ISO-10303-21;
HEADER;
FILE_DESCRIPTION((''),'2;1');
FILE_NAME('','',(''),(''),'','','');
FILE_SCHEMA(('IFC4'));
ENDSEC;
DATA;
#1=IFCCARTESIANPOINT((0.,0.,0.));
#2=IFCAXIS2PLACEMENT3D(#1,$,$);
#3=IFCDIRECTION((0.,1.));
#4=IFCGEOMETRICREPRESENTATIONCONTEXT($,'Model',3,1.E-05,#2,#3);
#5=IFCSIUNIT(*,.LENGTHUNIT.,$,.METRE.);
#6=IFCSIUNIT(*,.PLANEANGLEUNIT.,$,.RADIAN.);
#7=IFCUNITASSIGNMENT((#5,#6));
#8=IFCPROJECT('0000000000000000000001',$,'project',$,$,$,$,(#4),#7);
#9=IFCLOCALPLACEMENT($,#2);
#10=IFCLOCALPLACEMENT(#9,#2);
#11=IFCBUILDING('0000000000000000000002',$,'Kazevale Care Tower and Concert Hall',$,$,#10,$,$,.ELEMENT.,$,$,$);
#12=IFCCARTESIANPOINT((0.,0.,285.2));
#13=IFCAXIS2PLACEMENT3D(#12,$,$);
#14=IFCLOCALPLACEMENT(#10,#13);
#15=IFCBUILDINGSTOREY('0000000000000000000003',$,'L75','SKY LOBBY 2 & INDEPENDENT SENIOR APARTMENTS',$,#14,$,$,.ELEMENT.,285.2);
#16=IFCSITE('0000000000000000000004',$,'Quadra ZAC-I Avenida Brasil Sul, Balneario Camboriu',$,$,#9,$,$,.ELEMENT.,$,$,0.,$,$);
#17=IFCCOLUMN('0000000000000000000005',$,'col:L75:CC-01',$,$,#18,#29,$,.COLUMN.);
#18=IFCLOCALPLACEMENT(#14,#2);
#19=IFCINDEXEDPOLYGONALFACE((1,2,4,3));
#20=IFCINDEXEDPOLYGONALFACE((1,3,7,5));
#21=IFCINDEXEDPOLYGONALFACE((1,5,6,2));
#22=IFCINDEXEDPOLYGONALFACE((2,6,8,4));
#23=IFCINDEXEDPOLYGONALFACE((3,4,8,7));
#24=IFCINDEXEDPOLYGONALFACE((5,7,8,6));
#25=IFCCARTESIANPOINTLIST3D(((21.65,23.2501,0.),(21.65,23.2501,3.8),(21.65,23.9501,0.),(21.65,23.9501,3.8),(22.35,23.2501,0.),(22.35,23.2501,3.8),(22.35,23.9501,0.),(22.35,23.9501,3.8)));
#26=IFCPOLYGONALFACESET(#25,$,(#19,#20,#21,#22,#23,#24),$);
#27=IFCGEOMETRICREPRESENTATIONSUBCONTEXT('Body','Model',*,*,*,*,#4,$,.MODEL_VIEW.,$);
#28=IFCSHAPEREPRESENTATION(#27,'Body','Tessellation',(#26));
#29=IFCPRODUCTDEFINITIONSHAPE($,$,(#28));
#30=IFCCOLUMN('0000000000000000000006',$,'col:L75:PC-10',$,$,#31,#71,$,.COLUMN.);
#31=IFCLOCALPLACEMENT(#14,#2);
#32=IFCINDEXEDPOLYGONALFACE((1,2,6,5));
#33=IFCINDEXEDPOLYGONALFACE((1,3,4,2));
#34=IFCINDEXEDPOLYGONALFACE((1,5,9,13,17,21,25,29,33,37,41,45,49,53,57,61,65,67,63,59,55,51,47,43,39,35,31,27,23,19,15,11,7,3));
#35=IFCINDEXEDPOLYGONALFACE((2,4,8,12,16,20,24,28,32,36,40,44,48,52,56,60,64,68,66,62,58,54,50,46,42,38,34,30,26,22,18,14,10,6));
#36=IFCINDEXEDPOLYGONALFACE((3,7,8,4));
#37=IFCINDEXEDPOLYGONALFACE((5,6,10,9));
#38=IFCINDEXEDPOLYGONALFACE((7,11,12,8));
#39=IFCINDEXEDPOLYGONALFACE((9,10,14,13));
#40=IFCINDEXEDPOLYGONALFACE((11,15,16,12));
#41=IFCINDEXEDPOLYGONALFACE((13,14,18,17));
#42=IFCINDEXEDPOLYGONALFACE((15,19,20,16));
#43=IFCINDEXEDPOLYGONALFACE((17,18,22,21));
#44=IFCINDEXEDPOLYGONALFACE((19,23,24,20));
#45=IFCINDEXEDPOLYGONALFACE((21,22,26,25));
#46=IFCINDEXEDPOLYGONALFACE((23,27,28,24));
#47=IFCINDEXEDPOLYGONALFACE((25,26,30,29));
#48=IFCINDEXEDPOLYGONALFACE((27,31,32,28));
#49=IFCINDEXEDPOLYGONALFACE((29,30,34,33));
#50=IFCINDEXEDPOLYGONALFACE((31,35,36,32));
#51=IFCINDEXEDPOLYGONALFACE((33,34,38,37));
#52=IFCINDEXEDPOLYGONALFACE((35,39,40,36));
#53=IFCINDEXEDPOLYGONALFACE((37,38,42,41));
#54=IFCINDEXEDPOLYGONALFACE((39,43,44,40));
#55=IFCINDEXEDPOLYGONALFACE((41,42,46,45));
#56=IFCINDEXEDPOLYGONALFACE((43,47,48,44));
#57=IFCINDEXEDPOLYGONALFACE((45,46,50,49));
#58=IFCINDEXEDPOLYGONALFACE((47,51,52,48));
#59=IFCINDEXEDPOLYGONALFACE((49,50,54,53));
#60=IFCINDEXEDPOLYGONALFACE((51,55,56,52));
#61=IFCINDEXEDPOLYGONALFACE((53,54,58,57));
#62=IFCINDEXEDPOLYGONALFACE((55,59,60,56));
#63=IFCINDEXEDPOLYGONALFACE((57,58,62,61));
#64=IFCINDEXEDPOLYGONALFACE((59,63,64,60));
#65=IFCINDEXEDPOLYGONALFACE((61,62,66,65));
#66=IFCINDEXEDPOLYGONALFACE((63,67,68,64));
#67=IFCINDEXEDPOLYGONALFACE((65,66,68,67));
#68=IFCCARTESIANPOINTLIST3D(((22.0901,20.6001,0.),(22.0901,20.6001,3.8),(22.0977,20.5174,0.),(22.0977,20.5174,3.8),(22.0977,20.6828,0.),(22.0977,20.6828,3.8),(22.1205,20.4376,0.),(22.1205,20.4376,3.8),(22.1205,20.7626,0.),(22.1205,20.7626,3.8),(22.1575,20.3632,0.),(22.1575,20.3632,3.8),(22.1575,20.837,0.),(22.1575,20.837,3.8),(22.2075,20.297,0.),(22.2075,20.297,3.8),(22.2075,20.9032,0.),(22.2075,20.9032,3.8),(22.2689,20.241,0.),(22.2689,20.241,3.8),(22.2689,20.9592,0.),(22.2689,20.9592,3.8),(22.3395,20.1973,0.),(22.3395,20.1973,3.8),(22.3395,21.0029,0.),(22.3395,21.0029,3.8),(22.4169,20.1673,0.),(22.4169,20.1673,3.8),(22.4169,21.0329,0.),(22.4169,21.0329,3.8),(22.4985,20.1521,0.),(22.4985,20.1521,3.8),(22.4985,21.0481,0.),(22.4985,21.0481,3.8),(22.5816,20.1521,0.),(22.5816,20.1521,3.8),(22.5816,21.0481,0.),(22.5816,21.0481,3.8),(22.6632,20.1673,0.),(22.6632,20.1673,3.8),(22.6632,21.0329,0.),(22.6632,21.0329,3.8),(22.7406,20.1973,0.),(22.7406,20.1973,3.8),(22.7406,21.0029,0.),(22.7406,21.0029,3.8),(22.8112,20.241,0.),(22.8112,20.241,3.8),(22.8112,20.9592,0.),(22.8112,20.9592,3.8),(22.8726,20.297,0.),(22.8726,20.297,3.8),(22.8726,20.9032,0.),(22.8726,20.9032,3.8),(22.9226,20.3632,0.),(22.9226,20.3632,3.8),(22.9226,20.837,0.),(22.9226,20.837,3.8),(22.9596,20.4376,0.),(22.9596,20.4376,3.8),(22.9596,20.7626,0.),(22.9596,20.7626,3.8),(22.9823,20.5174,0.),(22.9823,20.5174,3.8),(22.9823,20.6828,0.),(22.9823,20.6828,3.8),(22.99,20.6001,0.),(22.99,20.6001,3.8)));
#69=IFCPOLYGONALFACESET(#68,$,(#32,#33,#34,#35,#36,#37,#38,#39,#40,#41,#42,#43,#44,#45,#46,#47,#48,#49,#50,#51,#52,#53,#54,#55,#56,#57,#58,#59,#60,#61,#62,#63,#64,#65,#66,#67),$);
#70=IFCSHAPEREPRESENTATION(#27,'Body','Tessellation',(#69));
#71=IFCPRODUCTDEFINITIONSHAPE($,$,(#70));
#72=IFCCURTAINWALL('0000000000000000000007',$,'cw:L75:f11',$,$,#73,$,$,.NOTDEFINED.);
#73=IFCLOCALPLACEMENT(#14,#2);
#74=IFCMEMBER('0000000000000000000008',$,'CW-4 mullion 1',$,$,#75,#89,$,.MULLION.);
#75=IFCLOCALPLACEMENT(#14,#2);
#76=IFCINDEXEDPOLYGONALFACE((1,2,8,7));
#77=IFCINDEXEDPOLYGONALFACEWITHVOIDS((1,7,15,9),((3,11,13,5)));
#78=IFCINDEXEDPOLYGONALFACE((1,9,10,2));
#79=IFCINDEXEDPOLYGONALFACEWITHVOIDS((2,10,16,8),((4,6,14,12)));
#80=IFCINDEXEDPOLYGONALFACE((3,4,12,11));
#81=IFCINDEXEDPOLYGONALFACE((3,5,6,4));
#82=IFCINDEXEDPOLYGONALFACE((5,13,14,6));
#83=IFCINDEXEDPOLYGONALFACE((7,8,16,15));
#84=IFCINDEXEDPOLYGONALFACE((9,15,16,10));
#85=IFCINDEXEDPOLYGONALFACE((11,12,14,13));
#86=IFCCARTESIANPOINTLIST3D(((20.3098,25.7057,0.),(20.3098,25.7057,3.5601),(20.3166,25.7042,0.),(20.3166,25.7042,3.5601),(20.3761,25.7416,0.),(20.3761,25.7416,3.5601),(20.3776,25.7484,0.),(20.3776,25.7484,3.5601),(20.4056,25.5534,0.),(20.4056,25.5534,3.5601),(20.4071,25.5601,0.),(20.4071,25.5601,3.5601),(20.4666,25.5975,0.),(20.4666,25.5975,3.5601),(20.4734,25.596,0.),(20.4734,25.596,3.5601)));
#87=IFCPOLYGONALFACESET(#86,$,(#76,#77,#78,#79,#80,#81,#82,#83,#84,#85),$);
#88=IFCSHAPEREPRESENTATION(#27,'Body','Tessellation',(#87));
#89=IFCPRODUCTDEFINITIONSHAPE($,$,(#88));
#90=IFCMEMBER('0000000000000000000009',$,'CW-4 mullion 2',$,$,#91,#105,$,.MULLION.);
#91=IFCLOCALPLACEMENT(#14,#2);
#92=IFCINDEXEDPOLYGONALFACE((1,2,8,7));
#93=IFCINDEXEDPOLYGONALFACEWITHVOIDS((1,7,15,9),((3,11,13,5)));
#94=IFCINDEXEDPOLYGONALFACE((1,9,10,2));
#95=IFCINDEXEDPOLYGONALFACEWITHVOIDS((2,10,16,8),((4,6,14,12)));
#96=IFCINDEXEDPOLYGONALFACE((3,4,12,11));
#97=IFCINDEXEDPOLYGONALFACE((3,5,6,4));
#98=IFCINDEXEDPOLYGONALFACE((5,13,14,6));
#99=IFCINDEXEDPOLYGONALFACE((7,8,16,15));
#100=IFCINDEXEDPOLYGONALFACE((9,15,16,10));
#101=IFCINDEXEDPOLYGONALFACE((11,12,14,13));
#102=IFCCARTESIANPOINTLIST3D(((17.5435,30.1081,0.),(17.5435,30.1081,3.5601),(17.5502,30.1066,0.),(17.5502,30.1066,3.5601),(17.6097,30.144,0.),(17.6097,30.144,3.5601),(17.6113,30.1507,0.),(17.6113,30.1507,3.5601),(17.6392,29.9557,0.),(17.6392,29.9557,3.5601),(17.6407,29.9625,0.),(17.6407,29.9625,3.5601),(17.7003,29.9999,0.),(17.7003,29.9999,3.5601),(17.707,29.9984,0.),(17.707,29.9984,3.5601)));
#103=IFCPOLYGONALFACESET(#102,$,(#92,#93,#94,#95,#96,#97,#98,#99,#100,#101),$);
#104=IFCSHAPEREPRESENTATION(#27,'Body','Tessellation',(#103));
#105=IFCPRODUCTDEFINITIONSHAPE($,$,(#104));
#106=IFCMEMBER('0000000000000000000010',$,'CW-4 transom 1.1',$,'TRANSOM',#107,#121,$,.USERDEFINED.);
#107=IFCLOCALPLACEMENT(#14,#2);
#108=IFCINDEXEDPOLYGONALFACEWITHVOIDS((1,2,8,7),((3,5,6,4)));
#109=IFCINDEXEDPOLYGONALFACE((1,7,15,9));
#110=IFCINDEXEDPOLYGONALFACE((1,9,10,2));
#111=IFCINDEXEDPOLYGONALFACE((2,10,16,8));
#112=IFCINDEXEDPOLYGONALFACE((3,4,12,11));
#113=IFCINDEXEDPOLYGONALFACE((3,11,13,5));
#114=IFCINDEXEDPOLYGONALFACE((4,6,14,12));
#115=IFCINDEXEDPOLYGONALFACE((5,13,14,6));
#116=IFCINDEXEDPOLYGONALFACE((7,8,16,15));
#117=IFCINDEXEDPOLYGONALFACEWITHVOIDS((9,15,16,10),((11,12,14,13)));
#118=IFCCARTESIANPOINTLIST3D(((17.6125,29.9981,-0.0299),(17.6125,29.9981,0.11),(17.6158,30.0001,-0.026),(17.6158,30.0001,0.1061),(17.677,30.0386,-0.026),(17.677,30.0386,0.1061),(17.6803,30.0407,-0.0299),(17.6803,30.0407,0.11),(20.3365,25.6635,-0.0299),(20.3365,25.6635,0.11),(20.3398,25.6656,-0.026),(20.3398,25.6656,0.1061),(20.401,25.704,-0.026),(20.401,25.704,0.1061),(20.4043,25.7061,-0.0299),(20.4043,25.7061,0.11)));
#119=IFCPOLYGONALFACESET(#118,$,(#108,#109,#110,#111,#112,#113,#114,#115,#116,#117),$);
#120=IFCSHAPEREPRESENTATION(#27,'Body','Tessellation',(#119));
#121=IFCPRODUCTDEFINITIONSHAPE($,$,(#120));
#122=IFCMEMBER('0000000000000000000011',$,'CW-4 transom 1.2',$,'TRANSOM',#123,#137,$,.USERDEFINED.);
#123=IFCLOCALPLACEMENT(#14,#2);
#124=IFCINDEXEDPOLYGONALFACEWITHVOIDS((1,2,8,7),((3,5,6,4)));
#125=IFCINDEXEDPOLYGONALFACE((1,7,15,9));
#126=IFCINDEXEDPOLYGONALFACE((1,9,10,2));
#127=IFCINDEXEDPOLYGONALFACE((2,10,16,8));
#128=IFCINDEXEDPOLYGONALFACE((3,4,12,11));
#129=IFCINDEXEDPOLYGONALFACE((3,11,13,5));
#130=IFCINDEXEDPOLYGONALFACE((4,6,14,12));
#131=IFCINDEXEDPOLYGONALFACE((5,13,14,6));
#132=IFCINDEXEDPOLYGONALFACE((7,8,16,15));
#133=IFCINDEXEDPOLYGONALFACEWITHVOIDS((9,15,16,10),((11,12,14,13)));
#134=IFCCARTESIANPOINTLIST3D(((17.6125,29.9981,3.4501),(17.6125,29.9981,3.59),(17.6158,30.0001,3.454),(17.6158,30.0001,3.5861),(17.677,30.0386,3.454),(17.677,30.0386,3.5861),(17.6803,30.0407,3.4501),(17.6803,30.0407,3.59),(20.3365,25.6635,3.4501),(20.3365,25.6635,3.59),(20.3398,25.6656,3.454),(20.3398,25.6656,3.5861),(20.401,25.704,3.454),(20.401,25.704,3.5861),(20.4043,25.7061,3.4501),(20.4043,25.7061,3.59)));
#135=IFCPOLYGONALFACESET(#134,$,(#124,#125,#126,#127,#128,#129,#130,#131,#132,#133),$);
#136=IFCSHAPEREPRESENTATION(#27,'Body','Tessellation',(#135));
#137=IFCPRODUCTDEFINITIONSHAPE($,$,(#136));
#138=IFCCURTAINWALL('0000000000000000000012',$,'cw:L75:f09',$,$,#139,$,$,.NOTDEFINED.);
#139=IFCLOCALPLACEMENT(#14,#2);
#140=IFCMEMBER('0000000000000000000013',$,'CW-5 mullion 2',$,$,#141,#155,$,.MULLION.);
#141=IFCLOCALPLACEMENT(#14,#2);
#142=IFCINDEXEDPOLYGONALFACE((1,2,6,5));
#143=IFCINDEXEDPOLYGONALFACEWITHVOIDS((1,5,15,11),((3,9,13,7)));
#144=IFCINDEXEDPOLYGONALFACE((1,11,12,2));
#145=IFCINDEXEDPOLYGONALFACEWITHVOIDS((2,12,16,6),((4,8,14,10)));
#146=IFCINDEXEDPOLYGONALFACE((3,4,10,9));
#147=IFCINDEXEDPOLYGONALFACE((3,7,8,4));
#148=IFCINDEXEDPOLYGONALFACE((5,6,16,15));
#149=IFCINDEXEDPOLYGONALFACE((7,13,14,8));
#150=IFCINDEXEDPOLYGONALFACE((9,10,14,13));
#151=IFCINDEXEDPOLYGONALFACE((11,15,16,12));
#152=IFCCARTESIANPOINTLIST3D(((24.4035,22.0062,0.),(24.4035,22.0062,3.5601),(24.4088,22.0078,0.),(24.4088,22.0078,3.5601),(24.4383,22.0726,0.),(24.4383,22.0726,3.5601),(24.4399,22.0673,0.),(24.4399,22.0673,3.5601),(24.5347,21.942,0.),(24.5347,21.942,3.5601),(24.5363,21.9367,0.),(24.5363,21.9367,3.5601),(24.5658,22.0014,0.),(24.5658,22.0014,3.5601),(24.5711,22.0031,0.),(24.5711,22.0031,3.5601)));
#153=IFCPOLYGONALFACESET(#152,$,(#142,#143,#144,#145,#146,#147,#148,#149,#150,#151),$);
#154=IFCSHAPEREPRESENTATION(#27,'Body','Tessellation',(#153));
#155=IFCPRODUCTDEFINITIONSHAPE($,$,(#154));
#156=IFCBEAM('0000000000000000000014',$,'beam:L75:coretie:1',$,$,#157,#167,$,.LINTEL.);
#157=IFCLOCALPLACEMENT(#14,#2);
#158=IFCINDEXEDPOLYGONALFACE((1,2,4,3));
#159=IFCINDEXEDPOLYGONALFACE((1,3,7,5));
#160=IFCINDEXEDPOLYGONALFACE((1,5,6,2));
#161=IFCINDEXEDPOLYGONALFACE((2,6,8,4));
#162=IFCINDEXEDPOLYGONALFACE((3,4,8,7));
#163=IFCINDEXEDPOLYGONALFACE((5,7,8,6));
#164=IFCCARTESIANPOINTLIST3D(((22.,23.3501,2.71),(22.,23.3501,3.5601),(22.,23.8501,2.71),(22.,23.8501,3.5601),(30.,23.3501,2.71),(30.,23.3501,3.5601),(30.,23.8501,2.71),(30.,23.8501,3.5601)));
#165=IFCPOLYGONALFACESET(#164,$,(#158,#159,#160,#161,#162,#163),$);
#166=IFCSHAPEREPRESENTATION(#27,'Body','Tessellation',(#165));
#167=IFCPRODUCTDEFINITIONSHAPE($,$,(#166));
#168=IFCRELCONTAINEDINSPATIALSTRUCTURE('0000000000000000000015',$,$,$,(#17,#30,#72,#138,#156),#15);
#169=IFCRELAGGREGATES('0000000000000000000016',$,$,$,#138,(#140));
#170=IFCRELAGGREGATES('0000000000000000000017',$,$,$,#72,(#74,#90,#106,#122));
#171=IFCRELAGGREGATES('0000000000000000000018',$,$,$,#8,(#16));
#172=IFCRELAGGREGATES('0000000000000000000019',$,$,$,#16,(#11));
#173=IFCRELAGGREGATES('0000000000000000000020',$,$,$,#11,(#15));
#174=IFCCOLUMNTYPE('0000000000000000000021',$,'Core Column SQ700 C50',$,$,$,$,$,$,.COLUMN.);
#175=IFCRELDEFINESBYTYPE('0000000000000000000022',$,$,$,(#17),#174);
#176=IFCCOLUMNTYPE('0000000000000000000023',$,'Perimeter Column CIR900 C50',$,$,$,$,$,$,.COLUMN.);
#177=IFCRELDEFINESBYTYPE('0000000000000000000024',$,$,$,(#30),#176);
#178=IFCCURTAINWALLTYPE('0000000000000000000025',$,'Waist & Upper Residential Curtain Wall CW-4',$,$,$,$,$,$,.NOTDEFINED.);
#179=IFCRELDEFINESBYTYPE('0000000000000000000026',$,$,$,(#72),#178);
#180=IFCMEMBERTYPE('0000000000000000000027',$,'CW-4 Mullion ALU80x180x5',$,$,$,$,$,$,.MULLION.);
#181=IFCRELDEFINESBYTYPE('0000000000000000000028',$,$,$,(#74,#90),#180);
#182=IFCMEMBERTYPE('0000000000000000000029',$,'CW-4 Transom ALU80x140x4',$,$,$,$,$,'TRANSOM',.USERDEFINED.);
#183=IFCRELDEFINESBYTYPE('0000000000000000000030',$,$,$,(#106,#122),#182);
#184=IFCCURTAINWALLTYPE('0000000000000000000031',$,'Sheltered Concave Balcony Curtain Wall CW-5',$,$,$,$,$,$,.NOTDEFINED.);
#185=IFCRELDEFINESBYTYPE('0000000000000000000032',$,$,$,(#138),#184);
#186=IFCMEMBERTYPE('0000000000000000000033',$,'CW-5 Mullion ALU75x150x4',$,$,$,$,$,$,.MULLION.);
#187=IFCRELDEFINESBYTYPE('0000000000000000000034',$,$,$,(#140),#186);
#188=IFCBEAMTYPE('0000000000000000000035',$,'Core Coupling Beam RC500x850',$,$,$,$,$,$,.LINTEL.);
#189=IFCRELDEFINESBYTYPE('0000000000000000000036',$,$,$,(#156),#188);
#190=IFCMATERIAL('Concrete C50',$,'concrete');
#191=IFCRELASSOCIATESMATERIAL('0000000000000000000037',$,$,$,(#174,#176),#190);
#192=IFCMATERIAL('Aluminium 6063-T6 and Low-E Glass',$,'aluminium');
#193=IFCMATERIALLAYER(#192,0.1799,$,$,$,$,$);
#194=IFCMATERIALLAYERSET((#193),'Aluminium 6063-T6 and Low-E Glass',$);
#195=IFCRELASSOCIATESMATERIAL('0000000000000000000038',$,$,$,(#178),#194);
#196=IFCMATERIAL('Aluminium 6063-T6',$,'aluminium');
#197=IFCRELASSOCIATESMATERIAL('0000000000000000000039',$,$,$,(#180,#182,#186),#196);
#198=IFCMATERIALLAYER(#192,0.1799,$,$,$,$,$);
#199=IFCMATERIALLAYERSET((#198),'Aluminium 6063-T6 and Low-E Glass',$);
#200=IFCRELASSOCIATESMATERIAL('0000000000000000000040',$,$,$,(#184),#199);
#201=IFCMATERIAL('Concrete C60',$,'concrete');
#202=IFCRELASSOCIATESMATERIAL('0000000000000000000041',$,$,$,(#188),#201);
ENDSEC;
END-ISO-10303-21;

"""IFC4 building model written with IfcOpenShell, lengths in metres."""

from ifc_helpers import new_model, si_unit, direction, frame, origin, origin_2d, place, context, subcontext, project, spatial, rectangle, hollow_rectangle, circle, extrude, material, layer, layer_set, material_profile, profile_set, type_object, element, aggregate, save


model = new_model("IFC4")

# Units and contexts
model_context = context("Model", 3, precision=1e-05, world=origin(), true_north=direction((0.0, 1.0)))
body_context = subcontext(model_context, "Body", "Model", "MODEL_VIEW")
ifc_project = project(units=[si_unit("LENGTHUNIT", "METRE"), si_unit("PLANEANGLEUNIT", "RADIAN")], contexts=[model_context])

# Site, building, storey
site_placement = place(None, origin())
site = spatial("IfcSite", under=ifc_project, at=site_placement, Name="Quadra ZAC-I Avenida Brasil Sul, Balneario Camboriu", CompositionType="ELEMENT", RefElevation=0.0)
building_placement = place(site_placement, origin())
building = spatial("IfcBuilding", under=site, at=building_placement, Name="Kazevale Care Tower and Concert Hall", CompositionType="ELEMENT")
storey_placement = place(building_placement, frame((0.0, 0.0, 285.2)))
storey = spatial("IfcBuildingStorey", under=building, at=storey_placement, Name="L75", Description="SKY LOBBY 2 & INDEPENDENT SENIOR APARTMENTS", CompositionType="ELEMENT", Elevation=285.2)

# Columns
ifc_material_1 = material(Name="Concrete C50", Category="concrete")
ifc_material_profile_1 = material_profile(ifc_material_1, rectangle(XDim=0.7, YDim=0.7, at=origin_2d()), Name="RC-SQ700")
ifc_profile_set_1 = profile_set([ifc_material_profile_1], Name="Concrete C50")
column_type_1 = type_object("IfcColumnType", Name="Core Column SQ700 C50", PredefinedType="COLUMN", material=ifc_profile_set_1)
column_1_placement = place(storey_placement, frame((22.0, 23.6001, 0.0), z_axis=(0.0, 0.0, 1.0), x_axis=(1.0, 0.0, 0.0)))
element("IfcColumn", 1, at=column_1_placement, inside=storey, type_object=column_type_1, Name="col:L75:CC-01", PredefinedType="COLUMN", context=body_context, shape_type="SweptSolid", body=[
    extrude(rectangle(XDim=0.7, YDim=0.7, at=origin_2d()), origin(), (0.0, 0.0, 1.0), 3.8),
])
ifc_material_profile_2 = material_profile(ifc_material_1, circle(Radius=0.45, at=origin_2d()), Name="RC-CIR900")
ifc_profile_set_2 = profile_set([ifc_material_profile_2], Name="Concrete C50")
column_type_2 = type_object("IfcColumnType", Name="Perimeter Column CIR900 C50", PredefinedType="COLUMN", material=ifc_profile_set_2)
column_2_placement = place(storey_placement, frame((22.54, 20.6001, 0.0), z_axis=(0.0, 0.0, 1.0), x_axis=(1.0, 0.0, 0.0)))
element("IfcColumn", 2, at=column_2_placement, inside=storey, type_object=column_type_2, Name="col:L75:PC-10", PredefinedType="COLUMN", context=body_context, shape_type="SweptSolid", body=[
    extrude(circle(Radius=0.45, at=origin_2d()), origin(), (0.0, 0.0, 1.0), 3.8),
])

# Curtain wall, members
ifc_material_2 = material(Name="Aluminium 6063-T6 and Low-E Glass", Category="aluminium")
ifc_layer_1 = layer(ifc_material_2, 0.1799)
ifc_layer_set_1 = layer_set([ifc_layer_1], Name="Aluminium 6063-T6 and Low-E Glass")
curtain_wall_type_1 = type_object("IfcCurtainWallType", Name="Waist & Upper Residential Curtain Wall CW-4", PredefinedType="NOTDEFINED", material=ifc_layer_set_1)
curtain_wall_1_placement = place(storey_placement, origin())
curtain_wall_1 = element("IfcCurtainWall", 3, at=curtain_wall_1_placement, inside=storey, type_object=curtain_wall_type_1, Name="cw:L75:f11", PredefinedType="NOTDEFINED")
ifc_material_3 = material(Name="Aluminium 6063-T6", Category="aluminium")
ifc_material_profile_3 = material_profile(ifc_material_3, hollow_rectangle(XDim=0.0801, YDim=0.1799, WallThickness=0.0049, at=origin_2d()), Name="ALU80x180x5")
ifc_profile_set_3 = profile_set([ifc_material_profile_3], Name="Aluminium 6063-T6")
member_type_1 = type_object("IfcMemberType", Name="CW-4 Mullion ALU80x180x5", PredefinedType="MULLION", material=ifc_profile_set_3)
member_1_placement = place(storey_placement, frame((20.3916, 25.6509, 0.0), z_axis=(0.0, 0.0, 1.0), x_axis=(-0.846698, -0.532075, 0.0)))
member_1 = element("IfcMember", 4, at=member_1_placement, type_object=member_type_1, Name="CW-4 mullion 1", PredefinedType="MULLION", context=body_context, shape_type="SweptSolid", body=[
    extrude(hollow_rectangle(XDim=0.0801, YDim=0.1799, WallThickness=0.0049, at=origin_2d()), origin(), (0.0, 0.0, 1.0), 3.5601),
])
member_2_placement = place(storey_placement, frame((17.6252, 30.0532, 0.0), z_axis=(0.0, 0.0, 1.0), x_axis=(-0.846698, -0.532075, 0.0)))
member_2 = element("IfcMember", 5, at=member_2_placement, type_object=member_type_1, Name="CW-4 mullion 2", PredefinedType="MULLION", context=body_context, shape_type="SweptSolid", body=[
    extrude(hollow_rectangle(XDim=0.0801, YDim=0.1799, WallThickness=0.0049, at=origin_2d()), origin(), (0.0, 0.0, 1.0), 3.5601),
])
ifc_material_profile_4 = material_profile(ifc_material_3, hollow_rectangle(XDim=0.0801, YDim=0.1399, WallThickness=0.0039, at=origin_2d()), Name="ALU80x140x4")
ifc_profile_set_4 = profile_set([ifc_material_profile_4], Name="Aluminium 6063-T6")
member_type_2 = type_object("IfcMemberType", Name="CW-4 Transom ALU80x140x4", ElementType="TRANSOM", PredefinedType="USERDEFINED", material=ifc_profile_set_4)
member_3_placement = place(storey_placement, frame((20.3704, 25.6848, 0.04), z_axis=(-0.532081, 0.846694, 0.0), x_axis=(-0.846694, -0.532081, 0.0)))
member_3 = element("IfcMember", 6, at=member_3_placement, type_object=member_type_2, Name="CW-4 transom 1.1", ObjectType="TRANSOM", PredefinedType="USERDEFINED", context=body_context, shape_type="SweptSolid", body=[
    extrude(hollow_rectangle(XDim=0.0801, YDim=0.1399, WallThickness=0.0039, at=origin_2d()), origin(), (0.0, 0.0, 1.0), 5.1194),
])
member_4_placement = place(storey_placement, frame((20.3704, 25.6848, 3.52), z_axis=(-0.532081, 0.846694, 0.0), x_axis=(-0.846694, -0.532081, 0.0)))
member_4 = element("IfcMember", 7, at=member_4_placement, type_object=member_type_2, Name="CW-4 transom 1.2", ObjectType="TRANSOM", PredefinedType="USERDEFINED", context=body_context, shape_type="SweptSolid", body=[
    extrude(hollow_rectangle(XDim=0.0801, YDim=0.1399, WallThickness=0.0039, at=origin_2d()), origin(), (0.0, 0.0, 1.0), 5.1194),
])

# Curtain wall, member
ifc_layer_2 = layer(ifc_material_2, 0.1799)
ifc_layer_set_2 = layer_set([ifc_layer_2], Name="Aluminium 6063-T6 and Low-E Glass")
curtain_wall_type_2 = type_object("IfcCurtainWallType", Name="Sheltered Concave Balcony Curtain Wall CW-5", PredefinedType="NOTDEFINED", material=ifc_layer_set_2)
curtain_wall_2_placement = place(storey_placement, origin())
curtain_wall_2 = element("IfcCurtainWall", 8, at=curtain_wall_2_placement, inside=storey, type_object=curtain_wall_type_2, Name="cw:L75:f09", PredefinedType="NOTDEFINED")
ifc_material_profile_5 = material_profile(ifc_material_3, hollow_rectangle(XDim=0.075, YDim=0.1499, WallThickness=0.0039, at=origin_2d()), Name="ALU75x150x4")
ifc_profile_set_5 = profile_set([ifc_material_profile_5], Name="Aluminium 6063-T6")
member_type_3 = type_object("IfcMemberType", Name="CW-5 Mullion ALU75x150x4", PredefinedType="MULLION", material=ifc_profile_set_5)
member_5_placement = place(storey_placement, frame((24.4873, 22.0046, 0.0), z_axis=(0.0, 0.0, 1.0), x_axis=(-0.463681, -0.886002, 0.0)))
member_5 = element("IfcMember", 9, at=member_5_placement, type_object=member_type_3, Name="CW-5 mullion 2", PredefinedType="MULLION", context=body_context, shape_type="SweptSolid", body=[
    extrude(hollow_rectangle(XDim=0.075, YDim=0.1499, WallThickness=0.0039, at=origin_2d()), origin(), (0.0, 0.0, 1.0), 3.5601),
])
aggregate(curtain_wall_2, [member_5])

# Beam
ifc_material_4 = material(Name="Concrete C60", Category="concrete")
ifc_material_profile_6 = material_profile(ifc_material_4, rectangle(XDim=0.5, YDim=0.8501, at=origin_2d()), Name="RC-B500x850")
ifc_profile_set_6 = profile_set([ifc_material_profile_6], Name="Concrete C60")
beam_type_1 = type_object("IfcBeamType", Name="Core Coupling Beam RC500x850", PredefinedType="LINTEL", material=ifc_profile_set_6)
beam_1_placement = place(storey_placement, frame((22.0, 23.6001, 3.135), z_axis=(1.0, 0.0, 0.0), x_axis=(0.0, 1.0, 0.0)))
element("IfcBeam", 10, at=beam_1_placement, inside=storey, type_object=beam_type_1, Name="beam:L75:coretie:1", PredefinedType="LINTEL", context=body_context, shape_type="SweptSolid", body=[
    extrude(rectangle(XDim=0.5, YDim=0.8501, at=origin_2d()), origin(), (0.0, 0.0, 1.0), 8.0),
])

aggregate(curtain_wall_1, [member_1, member_2, member_3, member_4])

save(model, "model.ifc")
